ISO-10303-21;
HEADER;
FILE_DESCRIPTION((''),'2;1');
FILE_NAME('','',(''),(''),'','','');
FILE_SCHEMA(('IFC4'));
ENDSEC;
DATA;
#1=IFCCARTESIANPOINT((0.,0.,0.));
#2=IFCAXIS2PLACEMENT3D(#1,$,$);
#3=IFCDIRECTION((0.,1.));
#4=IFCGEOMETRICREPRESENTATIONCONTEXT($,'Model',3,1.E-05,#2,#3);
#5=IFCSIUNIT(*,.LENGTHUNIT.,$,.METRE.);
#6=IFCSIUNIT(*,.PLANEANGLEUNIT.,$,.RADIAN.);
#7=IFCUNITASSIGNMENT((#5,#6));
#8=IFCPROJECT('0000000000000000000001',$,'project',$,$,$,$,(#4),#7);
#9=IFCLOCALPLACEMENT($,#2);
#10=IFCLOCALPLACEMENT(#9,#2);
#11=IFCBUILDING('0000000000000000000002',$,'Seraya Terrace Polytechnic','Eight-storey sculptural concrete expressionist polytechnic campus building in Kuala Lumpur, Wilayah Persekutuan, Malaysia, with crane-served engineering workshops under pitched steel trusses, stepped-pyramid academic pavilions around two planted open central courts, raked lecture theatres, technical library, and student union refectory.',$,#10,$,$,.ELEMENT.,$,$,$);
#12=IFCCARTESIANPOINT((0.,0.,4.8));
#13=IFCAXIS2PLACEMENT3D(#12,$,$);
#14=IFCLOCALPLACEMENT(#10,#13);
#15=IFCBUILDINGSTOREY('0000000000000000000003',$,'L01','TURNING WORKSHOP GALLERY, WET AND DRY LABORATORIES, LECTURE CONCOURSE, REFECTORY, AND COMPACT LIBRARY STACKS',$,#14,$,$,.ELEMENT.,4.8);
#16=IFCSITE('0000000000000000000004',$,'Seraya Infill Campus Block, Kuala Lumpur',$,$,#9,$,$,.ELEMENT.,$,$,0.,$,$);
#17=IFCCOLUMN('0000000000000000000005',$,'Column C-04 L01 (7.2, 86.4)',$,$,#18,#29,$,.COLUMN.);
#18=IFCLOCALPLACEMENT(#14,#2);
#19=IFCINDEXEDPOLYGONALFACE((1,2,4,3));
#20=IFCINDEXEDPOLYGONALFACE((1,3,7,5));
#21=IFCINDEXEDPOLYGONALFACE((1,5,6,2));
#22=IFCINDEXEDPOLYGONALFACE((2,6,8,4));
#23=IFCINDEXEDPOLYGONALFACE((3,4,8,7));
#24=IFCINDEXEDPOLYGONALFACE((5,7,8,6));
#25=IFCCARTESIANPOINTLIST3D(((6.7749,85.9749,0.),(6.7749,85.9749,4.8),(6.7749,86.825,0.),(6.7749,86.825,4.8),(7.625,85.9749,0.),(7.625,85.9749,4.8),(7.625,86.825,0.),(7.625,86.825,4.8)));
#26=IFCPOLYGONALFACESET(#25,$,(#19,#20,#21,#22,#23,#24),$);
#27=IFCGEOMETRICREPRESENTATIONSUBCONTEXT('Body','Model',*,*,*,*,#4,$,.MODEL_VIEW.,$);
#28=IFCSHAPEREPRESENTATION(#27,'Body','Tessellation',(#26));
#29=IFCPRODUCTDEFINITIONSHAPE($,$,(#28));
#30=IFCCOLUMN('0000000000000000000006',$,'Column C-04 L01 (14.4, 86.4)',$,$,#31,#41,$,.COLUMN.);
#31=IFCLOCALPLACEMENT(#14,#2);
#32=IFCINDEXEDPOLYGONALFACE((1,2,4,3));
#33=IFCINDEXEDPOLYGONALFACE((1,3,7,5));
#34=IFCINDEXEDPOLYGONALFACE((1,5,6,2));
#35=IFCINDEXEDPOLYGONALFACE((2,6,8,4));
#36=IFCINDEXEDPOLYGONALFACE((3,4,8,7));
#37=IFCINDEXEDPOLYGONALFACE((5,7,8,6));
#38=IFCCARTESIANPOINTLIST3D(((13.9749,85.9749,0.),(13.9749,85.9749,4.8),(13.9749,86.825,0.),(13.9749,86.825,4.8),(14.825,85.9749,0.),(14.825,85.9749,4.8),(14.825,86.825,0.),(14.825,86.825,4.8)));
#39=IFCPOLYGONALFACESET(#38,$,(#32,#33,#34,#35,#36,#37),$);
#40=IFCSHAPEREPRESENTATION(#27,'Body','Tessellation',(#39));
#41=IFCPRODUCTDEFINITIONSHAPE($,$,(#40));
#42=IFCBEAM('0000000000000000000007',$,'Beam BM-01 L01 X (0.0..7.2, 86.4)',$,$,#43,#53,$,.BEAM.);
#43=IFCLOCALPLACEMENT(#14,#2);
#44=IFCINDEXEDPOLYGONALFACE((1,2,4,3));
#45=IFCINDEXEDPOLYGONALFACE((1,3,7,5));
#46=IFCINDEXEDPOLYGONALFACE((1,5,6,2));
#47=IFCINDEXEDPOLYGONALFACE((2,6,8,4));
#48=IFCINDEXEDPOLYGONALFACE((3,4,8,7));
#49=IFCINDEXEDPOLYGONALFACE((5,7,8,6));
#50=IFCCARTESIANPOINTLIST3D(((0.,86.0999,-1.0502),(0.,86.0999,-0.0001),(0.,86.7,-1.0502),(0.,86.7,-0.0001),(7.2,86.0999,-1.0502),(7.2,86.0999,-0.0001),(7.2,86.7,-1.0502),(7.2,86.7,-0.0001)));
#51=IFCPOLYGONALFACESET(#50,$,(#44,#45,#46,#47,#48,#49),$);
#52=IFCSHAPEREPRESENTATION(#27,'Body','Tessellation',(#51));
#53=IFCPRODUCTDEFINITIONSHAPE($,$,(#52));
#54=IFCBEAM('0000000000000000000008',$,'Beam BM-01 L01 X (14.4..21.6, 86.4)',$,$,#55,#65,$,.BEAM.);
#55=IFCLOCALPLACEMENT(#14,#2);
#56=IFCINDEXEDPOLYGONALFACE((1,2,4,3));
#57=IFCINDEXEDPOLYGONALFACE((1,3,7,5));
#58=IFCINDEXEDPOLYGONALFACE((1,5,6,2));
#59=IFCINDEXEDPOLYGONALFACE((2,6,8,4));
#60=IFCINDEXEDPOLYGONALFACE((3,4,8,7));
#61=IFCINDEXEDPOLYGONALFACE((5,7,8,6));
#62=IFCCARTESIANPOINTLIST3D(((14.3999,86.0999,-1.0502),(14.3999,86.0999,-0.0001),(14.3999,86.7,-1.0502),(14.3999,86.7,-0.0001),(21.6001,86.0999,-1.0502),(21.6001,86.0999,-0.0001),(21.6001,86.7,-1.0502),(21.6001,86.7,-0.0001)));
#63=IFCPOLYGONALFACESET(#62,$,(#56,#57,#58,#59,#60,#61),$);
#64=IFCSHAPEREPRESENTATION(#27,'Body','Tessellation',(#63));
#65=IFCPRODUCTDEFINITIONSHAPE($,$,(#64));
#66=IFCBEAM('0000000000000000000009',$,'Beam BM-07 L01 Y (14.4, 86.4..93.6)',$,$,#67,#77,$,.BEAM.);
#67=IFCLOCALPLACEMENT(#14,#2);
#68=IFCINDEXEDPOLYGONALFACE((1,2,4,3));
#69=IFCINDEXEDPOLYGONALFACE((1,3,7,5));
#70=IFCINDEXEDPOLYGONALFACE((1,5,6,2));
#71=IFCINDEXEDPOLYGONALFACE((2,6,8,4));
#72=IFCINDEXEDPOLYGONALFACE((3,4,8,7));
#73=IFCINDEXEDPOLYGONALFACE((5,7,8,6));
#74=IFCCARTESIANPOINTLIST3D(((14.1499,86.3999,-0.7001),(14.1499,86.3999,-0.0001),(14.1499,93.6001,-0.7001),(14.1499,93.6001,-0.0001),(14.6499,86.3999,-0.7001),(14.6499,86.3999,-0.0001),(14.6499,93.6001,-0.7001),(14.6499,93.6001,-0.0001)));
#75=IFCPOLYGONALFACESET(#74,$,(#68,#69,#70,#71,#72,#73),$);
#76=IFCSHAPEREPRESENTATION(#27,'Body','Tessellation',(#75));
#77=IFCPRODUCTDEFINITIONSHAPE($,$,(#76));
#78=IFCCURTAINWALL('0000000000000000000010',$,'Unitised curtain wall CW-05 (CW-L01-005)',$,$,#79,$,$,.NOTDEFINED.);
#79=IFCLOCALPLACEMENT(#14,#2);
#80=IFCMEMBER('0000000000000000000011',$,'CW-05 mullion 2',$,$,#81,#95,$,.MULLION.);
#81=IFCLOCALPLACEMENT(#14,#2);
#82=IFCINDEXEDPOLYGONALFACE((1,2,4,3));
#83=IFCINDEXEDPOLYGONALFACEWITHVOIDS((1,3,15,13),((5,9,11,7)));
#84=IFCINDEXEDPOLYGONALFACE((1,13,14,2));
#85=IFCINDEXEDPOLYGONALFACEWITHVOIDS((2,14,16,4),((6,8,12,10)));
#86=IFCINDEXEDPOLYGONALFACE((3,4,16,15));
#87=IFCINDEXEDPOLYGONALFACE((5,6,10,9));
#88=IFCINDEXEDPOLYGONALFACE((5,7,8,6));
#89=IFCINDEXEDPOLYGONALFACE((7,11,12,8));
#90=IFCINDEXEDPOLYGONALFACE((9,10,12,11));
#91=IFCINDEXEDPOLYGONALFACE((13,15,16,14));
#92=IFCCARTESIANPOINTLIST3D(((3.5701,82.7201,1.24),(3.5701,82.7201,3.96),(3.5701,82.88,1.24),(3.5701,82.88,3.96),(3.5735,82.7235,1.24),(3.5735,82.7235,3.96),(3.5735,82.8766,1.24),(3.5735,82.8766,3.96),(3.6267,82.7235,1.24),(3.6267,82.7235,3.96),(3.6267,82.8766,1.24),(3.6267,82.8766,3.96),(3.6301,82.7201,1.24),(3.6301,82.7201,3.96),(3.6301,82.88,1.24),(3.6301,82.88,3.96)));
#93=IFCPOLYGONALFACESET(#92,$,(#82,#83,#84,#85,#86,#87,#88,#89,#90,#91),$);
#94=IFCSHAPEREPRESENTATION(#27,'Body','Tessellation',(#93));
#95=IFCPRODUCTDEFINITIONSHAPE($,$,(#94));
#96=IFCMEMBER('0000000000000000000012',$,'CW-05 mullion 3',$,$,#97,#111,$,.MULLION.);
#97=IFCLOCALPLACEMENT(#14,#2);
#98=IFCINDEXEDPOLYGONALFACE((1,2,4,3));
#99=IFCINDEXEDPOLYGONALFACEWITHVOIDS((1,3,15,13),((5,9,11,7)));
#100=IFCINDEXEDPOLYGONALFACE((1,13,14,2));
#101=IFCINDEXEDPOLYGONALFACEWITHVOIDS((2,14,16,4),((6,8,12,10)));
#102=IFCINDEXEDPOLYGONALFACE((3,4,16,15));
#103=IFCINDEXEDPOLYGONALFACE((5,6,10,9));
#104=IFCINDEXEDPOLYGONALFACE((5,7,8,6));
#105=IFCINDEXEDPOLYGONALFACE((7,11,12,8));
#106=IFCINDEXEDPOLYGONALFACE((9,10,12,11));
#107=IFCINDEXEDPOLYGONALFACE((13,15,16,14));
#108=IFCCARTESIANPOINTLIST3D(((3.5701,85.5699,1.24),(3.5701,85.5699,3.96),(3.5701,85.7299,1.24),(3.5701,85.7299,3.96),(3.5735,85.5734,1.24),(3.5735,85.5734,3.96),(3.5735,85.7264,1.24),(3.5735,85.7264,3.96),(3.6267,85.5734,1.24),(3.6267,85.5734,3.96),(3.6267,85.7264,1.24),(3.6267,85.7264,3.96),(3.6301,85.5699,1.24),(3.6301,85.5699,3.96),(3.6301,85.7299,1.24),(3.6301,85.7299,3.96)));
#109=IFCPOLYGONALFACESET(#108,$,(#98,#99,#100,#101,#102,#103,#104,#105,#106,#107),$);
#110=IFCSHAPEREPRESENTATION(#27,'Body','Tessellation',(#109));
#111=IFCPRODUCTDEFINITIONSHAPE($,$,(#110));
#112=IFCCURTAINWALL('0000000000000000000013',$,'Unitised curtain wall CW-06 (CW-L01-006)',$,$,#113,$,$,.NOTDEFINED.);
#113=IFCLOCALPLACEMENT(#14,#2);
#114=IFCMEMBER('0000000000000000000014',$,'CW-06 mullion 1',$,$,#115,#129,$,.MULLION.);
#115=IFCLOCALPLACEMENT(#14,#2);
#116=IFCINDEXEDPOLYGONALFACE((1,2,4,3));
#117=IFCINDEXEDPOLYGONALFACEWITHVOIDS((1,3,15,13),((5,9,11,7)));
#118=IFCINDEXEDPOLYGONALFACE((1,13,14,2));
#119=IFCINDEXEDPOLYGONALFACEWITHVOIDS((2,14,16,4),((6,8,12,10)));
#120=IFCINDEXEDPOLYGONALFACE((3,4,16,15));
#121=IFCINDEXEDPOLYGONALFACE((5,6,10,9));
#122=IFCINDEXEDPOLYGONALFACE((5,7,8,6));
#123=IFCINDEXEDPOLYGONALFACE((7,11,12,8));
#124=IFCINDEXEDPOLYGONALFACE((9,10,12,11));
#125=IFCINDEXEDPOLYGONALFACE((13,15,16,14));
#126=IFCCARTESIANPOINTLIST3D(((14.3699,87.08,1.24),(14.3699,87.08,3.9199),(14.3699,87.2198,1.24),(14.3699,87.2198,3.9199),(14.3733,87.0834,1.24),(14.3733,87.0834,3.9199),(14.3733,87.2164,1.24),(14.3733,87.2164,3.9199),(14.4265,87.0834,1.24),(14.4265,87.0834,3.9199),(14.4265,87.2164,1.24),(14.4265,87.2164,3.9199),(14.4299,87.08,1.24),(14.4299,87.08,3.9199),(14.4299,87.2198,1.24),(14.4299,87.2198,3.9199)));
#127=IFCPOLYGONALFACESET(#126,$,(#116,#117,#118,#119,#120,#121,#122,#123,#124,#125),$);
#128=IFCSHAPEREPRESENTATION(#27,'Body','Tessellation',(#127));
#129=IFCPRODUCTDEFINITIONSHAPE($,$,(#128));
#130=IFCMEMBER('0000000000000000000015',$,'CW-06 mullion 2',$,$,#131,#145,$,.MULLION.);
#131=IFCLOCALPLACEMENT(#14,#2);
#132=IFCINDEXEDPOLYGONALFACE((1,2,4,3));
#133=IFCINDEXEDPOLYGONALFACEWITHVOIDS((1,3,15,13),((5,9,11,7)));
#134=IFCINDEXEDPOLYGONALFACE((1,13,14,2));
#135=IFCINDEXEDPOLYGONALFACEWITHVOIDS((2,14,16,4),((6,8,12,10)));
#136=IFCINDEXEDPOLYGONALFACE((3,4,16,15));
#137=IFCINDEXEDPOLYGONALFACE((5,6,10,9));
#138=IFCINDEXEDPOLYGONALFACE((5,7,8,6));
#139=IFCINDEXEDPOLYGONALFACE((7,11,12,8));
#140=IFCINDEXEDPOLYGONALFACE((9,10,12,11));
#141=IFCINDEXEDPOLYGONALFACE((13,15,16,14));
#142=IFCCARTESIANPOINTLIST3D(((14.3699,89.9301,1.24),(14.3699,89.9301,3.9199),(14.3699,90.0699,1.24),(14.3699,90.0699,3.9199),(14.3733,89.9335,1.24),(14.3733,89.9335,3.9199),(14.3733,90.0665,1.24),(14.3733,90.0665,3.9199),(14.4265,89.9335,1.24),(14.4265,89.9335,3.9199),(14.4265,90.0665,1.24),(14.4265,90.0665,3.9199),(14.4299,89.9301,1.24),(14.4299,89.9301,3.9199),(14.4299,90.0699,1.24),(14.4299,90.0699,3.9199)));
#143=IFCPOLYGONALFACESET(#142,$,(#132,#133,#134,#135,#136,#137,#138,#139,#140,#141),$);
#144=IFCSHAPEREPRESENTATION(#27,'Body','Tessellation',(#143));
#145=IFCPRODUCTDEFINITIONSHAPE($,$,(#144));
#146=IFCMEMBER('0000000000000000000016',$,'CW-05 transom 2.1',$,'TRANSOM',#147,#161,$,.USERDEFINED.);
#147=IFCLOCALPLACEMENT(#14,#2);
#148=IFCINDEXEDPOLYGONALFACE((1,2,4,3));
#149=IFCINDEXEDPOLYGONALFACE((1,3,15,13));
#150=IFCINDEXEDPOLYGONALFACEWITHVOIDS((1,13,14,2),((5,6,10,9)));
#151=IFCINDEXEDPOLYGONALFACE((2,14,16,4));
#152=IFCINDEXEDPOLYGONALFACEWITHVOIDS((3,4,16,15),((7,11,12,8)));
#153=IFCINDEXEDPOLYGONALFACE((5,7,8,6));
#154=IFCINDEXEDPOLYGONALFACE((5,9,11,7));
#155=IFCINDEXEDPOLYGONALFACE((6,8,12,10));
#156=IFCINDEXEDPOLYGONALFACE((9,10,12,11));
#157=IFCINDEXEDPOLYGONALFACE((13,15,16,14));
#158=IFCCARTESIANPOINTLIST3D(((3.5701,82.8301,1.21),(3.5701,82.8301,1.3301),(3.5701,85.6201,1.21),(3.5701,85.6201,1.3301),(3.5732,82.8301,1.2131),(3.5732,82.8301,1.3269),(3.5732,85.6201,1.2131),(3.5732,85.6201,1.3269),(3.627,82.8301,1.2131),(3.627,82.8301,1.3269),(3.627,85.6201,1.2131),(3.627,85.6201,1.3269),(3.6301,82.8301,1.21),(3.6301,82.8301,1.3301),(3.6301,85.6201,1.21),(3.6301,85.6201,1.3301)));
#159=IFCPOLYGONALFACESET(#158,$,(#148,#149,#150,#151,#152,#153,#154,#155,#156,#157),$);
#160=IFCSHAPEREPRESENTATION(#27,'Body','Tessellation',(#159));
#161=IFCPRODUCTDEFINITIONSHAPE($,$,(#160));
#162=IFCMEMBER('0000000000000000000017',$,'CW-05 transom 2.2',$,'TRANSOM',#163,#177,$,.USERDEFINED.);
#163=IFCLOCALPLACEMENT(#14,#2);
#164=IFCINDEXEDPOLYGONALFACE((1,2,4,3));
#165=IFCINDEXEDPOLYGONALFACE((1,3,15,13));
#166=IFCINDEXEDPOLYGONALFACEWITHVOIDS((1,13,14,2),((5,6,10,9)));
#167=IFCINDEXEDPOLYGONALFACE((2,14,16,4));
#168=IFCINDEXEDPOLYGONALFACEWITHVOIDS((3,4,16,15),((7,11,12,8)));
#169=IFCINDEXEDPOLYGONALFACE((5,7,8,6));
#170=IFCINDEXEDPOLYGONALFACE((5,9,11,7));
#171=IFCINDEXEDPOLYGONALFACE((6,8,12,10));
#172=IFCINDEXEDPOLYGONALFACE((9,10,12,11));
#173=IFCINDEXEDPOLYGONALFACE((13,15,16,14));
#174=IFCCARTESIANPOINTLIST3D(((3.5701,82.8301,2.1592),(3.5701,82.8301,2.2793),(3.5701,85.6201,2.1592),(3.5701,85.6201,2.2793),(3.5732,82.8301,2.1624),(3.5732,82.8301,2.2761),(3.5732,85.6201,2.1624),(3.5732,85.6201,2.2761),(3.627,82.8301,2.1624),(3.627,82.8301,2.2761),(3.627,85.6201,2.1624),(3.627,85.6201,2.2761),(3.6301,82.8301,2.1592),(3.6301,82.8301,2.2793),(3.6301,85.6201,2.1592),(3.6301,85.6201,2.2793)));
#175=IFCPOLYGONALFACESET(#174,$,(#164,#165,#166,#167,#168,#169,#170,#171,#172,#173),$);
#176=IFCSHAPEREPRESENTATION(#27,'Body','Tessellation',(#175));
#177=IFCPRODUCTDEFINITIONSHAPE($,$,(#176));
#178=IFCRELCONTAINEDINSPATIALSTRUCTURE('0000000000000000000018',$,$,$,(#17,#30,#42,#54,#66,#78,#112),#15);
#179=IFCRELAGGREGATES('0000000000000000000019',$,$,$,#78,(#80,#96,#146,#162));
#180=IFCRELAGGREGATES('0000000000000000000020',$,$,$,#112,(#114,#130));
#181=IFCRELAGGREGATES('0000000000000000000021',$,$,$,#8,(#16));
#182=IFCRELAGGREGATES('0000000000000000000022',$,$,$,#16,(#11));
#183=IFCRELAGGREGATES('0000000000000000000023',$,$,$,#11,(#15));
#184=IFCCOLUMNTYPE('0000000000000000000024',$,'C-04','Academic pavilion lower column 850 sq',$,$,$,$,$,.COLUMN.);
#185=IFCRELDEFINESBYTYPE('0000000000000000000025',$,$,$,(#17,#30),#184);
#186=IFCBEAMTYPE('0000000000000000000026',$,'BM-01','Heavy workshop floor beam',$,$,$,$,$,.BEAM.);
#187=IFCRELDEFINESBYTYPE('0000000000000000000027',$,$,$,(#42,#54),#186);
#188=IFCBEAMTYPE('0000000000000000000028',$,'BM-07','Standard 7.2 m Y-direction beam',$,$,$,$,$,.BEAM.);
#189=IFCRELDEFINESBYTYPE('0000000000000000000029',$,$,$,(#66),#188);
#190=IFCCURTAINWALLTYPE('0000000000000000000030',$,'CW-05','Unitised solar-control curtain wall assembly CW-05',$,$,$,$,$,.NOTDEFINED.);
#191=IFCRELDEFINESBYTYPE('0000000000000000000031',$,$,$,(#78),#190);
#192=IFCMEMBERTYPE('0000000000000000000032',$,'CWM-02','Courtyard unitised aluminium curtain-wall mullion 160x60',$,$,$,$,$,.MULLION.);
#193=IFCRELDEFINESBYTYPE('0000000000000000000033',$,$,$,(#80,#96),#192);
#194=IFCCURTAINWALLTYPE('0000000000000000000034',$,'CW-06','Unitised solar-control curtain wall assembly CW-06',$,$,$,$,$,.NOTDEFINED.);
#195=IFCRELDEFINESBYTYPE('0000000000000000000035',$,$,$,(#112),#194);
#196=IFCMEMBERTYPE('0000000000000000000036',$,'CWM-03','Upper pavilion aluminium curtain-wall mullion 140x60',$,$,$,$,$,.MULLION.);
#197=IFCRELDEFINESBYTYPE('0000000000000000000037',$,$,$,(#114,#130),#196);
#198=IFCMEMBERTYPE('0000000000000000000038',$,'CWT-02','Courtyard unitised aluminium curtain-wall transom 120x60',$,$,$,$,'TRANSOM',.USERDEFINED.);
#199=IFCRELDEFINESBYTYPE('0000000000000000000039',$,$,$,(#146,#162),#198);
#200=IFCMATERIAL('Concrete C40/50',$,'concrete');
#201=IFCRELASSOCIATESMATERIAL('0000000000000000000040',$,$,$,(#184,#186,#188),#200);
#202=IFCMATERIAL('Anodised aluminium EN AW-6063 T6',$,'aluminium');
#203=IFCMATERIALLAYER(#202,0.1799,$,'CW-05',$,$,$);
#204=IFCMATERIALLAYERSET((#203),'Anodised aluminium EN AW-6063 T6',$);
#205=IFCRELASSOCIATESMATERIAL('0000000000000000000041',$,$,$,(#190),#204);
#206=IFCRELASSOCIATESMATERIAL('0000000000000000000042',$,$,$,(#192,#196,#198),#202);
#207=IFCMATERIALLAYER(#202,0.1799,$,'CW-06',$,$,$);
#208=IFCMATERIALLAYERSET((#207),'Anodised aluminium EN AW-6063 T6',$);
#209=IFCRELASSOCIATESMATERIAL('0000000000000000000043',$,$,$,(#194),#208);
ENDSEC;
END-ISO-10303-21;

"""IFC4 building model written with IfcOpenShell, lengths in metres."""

from ifc_helpers import new_model, si_unit, direction, frame, origin, origin_2d, place, context, subcontext, project, spatial, rectangle, hollow_rectangle, extrude, material, layer, layer_set, material_profile, profile_set, type_object, element, aggregate, save


model = new_model("IFC4")

# Units and contexts
model_context = context("Model", 3, precision=1e-05, world=origin(), true_north=direction((0.0, 1.0)))
body_context = subcontext(model_context, "Body", "Model", "MODEL_VIEW")
ifc_project = project(units=[si_unit("LENGTHUNIT", "METRE"), si_unit("PLANEANGLEUNIT", "RADIAN")], contexts=[model_context])

# Site, building, storey
site_placement = place(None, origin())
site = spatial("IfcSite", under=ifc_project, at=site_placement, Name="Seraya Infill Campus Block, Kuala Lumpur", CompositionType="ELEMENT", RefElevation=0.0)
building_placement = place(site_placement, origin())
building = spatial("IfcBuilding", under=site, at=building_placement, Name="Seraya Terrace Polytechnic", Description="Eight-storey sculptural concrete expressionist polytechnic campus building in Kuala Lumpur, Wilayah Persekutuan, Malaysia, with crane-served engineering workshops under pitched steel trusses, stepped-pyramid academic pavilions around two planted open central courts, raked lecture theatres, technical library, and student union refectory.", CompositionType="ELEMENT")
storey_placement = place(building_placement, frame((0.0, 0.0, 4.8)))
storey = spatial("IfcBuildingStorey", under=building, at=storey_placement, Name="L01", Description="TURNING WORKSHOP GALLERY, WET AND DRY LABORATORIES, LECTURE CONCOURSE, REFECTORY, AND COMPACT LIBRARY STACKS", CompositionType="ELEMENT", Elevation=4.8)

# Columns
ifc_material_1 = material(Name="Concrete C40/50", Category="concrete")
ifc_material_profile_1 = material_profile(ifc_material_1, rectangle(XDim=0.8501, YDim=0.8501, at=origin_2d()), Name="RC 850x850")
ifc_profile_set_1 = profile_set([ifc_material_profile_1], Name="Concrete C40/50")
column_type = type_object("IfcColumnType", Name="C-04", Description="Academic pavilion lower column 850 sq", PredefinedType="COLUMN", material=ifc_profile_set_1)
for number, where, z_axis, x_axis, name in (
    (1, (7.2, 86.3999, 0.0), (0.0, 0.0, 1.0), (1.0, 0.0, 0.0), "Column C-04 L01 (7.2, 86.4)"),
    (2, (14.3999, 86.3999, 0.0), (0.0, 0.0, 1.0), (1.0, 0.0, 0.0), "Column C-04 L01 (14.4, 86.4)"),
):
    element("IfcColumn", number, at=place(storey_placement, frame(where, z_axis=z_axis, x_axis=x_axis)), inside=storey, type_object=column_type, Name=name, PredefinedType="COLUMN", context=body_context, shape_type="SweptSolid", body=[
        extrude(rectangle(XDim=0.8501, YDim=0.8501, at=origin_2d()), origin(), (0.0, 0.0, 1.0), 4.8),
    ])

# Beams
ifc_material_profile_2 = material_profile(ifc_material_1, rectangle(XDim=0.6001, YDim=1.05, at=origin_2d()), Name="RC 600x1050")
ifc_profile_set_2 = profile_set([ifc_material_profile_2], Name="Concrete C40/50")
beam_type_1 = type_object("IfcBeamType", Name="BM-01", Description="Heavy workshop floor beam", PredefinedType="BEAM", material=ifc_profile_set_2)
beam_1_placement = place(storey_placement, frame((0.0, 86.3999, -0.5251), z_axis=(1.0, 0.0, 0.0), x_axis=(0.0, 1.0, 0.0)))
element("IfcBeam", 3, at=beam_1_placement, inside=storey, type_object=beam_type_1, Name="Beam BM-01 L01 X (0.0..7.2, 86.4)", PredefinedType="BEAM", context=body_context, shape_type="SweptSolid", body=[
    extrude(rectangle(XDim=0.6001, YDim=1.05, at=origin_2d()), origin(), (0.0, 0.0, 1.0), 7.2),
])
beam_2_placement = place(storey_placement, frame((14.3999, 86.3999, -0.5251), z_axis=(1.0, 0.0, 0.0), x_axis=(0.0, 1.0, 0.0)))
element("IfcBeam", 4, at=beam_2_placement, inside=storey, type_object=beam_type_1, Name="Beam BM-01 L01 X (14.4..21.6, 86.4)", PredefinedType="BEAM", context=body_context, shape_type="SweptSolid", body=[
    extrude(rectangle(XDim=0.6001, YDim=1.05, at=origin_2d()), origin(), (0.0, 0.0, 1.0), 7.2002),
])
ifc_material_profile_3 = material_profile(ifc_material_1, rectangle(XDim=0.5, YDim=0.7, at=origin_2d()), Name="RC 500x700")
ifc_profile_set_3 = profile_set([ifc_material_profile_3], Name="Concrete C40/50")
beam_type_2 = type_object("IfcBeamType", Name="BM-07", Description="Standard 7.2 m Y-direction beam", PredefinedType="BEAM", material=ifc_profile_set_3)
beam_3_placement = place(storey_placement, frame((14.3999, 86.3999, -0.3501), z_axis=(0.0, 1.0, 0.0), x_axis=(-1.0, 0.0, 0.0)))
element("IfcBeam", 5, at=beam_3_placement, inside=storey, type_object=beam_type_2, Name="Beam BM-07 L01 Y (14.4, 86.4..93.6)", PredefinedType="BEAM", context=body_context, shape_type="SweptSolid", body=[
    extrude(rectangle(XDim=0.5, YDim=0.7, at=origin_2d()), origin(), (0.0, 0.0, 1.0), 7.2002),
])

# Curtain walls, members
ifc_material_2 = material(Name="Anodised aluminium EN AW-6063 T6", Category="aluminium")
ifc_layer_1 = layer(ifc_material_2, 0.1799, Name="CW-05")
ifc_layer_set_1 = layer_set([ifc_layer_1], Name="Anodised aluminium EN AW-6063 T6")
curtain_wall_type_1 = type_object("IfcCurtainWallType", Name="CW-05", Description="Unitised solar-control curtain wall assembly CW-05", PredefinedType="NOTDEFINED", material=ifc_layer_set_1)
curtain_wall_1_placement = place(storey_placement, origin())
curtain_wall_1 = element("IfcCurtainWall", 6, at=curtain_wall_1_placement, inside=storey, type_object=curtain_wall_type_1, Name="Unitised curtain wall CW-05 (CW-L01-005)", PredefinedType="NOTDEFINED")
ifc_material_profile_4 = material_profile(ifc_material_2, hollow_rectangle(XDim=0.0601, YDim=0.1599, WallThickness=0.0034, at=origin_2d()), Name="RHS 160x60x3.5")
ifc_profile_set_4 = profile_set([ifc_material_profile_4], Name="Anodised aluminium EN AW-6063 T6")
member_type_1 = type_object("IfcMemberType", Name="CWM-02", Description="Courtyard unitised aluminium curtain-wall mullion 160x60", PredefinedType="MULLION", material=ifc_profile_set_4)
member_1_placement = place(storey_placement, frame((3.6001, 82.8, 1.24), z_axis=(0.0, 0.0, 1.0), x_axis=(-1.0, 0.0, 0.0)))
member_1 = element("IfcMember", 7, at=member_1_placement, type_object=member_type_1, Name="CW-05 mullion 2", PredefinedType="MULLION", context=body_context, shape_type="SweptSolid", body=[
    extrude(hollow_rectangle(XDim=0.0601, YDim=0.1599, WallThickness=0.0034, at=origin_2d()), origin(), (0.0, 0.0, 1.0), 2.72),
])
member_2_placement = place(storey_placement, frame((3.6001, 85.6499, 1.24), z_axis=(0.0, 0.0, 1.0), x_axis=(-1.0, 0.0, 0.0)))
member_2 = element("IfcMember", 8, at=member_2_placement, type_object=member_type_1, Name="CW-05 mullion 3", PredefinedType="MULLION", context=body_context, shape_type="SweptSolid", body=[
    extrude(hollow_rectangle(XDim=0.0601, YDim=0.1599, WallThickness=0.0034, at=origin_2d()), origin(), (0.0, 0.0, 1.0), 2.72),
])
ifc_layer_2 = layer(ifc_material_2, 0.1799, Name="CW-06")
ifc_layer_set_2 = layer_set([ifc_layer_2], Name="Anodised aluminium EN AW-6063 T6")
curtain_wall_type_2 = type_object("IfcCurtainWallType", Name="CW-06", Description="Unitised solar-control curtain wall assembly CW-06", PredefinedType="NOTDEFINED", material=ifc_layer_set_2)
curtain_wall_2_placement = place(storey_placement, origin())
curtain_wall_2 = element("IfcCurtainWall", 9, at=curtain_wall_2_placement, inside=storey, type_object=curtain_wall_type_2, Name="Unitised curtain wall CW-06 (CW-L01-006)", PredefinedType="NOTDEFINED")
ifc_material_profile_5 = material_profile(ifc_material_2, hollow_rectangle(XDim=0.0601, YDim=0.1399, WallThickness=0.0034, at=origin_2d()), Name="RHS 140x60x3.5")
ifc_profile_set_5 = profile_set([ifc_material_profile_5], Name="Anodised aluminium EN AW-6063 T6")
member_type_2 = type_object("IfcMemberType", Name="CWM-03", Description="Upper pavilion aluminium curtain-wall mullion 140x60", PredefinedType="MULLION", material=ifc_profile_set_5)
member_3_placement = place(storey_placement, frame((14.3999, 87.1499, 1.24), z_axis=(0.0, 0.0, 1.0), x_axis=(-1.0, 0.0, 0.0)))
member_3 = element("IfcMember", 10, at=member_3_placement, type_object=member_type_2, Name="CW-06 mullion 1", PredefinedType="MULLION", context=body_context, shape_type="SweptSolid", body=[
    extrude(hollow_rectangle(XDim=0.0601, YDim=0.1399, WallThickness=0.0034, at=origin_2d()), origin(), (0.0, 0.0, 1.0), 2.6799),
])
member_4_placement = place(storey_placement, frame((14.3999, 90.0, 1.24), z_axis=(0.0, 0.0, 1.0), x_axis=(-1.0, 0.0, 0.0)))
member_4 = element("IfcMember", 11, at=member_4_placement, type_object=member_type_2, Name="CW-06 mullion 2", PredefinedType="MULLION", context=body_context, shape_type="SweptSolid", body=[
    extrude(hollow_rectangle(XDim=0.0601, YDim=0.1399, WallThickness=0.0034, at=origin_2d()), origin(), (0.0, 0.0, 1.0), 2.6799),
])

# Members
ifc_material_profile_6 = material_profile(ifc_material_2, hollow_rectangle(XDim=0.0601, YDim=0.1201, WallThickness=0.0032, at=origin_2d()), Name="RHS 120x60x3.2")
ifc_profile_set_6 = profile_set([ifc_material_profile_6], Name="Anodised aluminium EN AW-6063 T6")
member_type_3 = type_object("IfcMemberType", Name="CWT-02", Description="Courtyard unitised aluminium curtain-wall transom 120x60", ElementType="TRANSOM", PredefinedType="USERDEFINED", material=ifc_profile_set_6)
member_5_placement = place(storey_placement, frame((3.6001, 82.8301, 1.27), z_axis=(0.0, 1.0, 0.0), x_axis=(-1.0, 0.0, 0.0)))
member_5 = element("IfcMember", 12, at=member_5_placement, type_object=member_type_3, Name="CW-05 transom 2.1", ObjectType="TRANSOM", PredefinedType="USERDEFINED", context=body_context, shape_type="SweptSolid", body=[
    extrude(hollow_rectangle(XDim=0.0601, YDim=0.1201, WallThickness=0.0032, at=origin_2d()), origin(), (0.0, 0.0, 1.0), 2.79),
])
member_6_placement = place(storey_placement, frame((3.6001, 82.8301, 2.2192), z_axis=(0.0, 1.0, 0.0), x_axis=(-1.0, 0.0, 0.0)))
member_6 = element("IfcMember", 13, at=member_6_placement, type_object=member_type_3, Name="CW-05 transom 2.2", ObjectType="TRANSOM", PredefinedType="USERDEFINED", context=body_context, shape_type="SweptSolid", body=[
    extrude(hollow_rectangle(XDim=0.0601, YDim=0.1201, WallThickness=0.0032, at=origin_2d()), origin(), (0.0, 0.0, 1.0), 2.79),
])

aggregate(curtain_wall_1, [member_1, member_2, member_5, member_6])
aggregate(curtain_wall_2, [member_3, member_4])

save(model, "model.ifc")
